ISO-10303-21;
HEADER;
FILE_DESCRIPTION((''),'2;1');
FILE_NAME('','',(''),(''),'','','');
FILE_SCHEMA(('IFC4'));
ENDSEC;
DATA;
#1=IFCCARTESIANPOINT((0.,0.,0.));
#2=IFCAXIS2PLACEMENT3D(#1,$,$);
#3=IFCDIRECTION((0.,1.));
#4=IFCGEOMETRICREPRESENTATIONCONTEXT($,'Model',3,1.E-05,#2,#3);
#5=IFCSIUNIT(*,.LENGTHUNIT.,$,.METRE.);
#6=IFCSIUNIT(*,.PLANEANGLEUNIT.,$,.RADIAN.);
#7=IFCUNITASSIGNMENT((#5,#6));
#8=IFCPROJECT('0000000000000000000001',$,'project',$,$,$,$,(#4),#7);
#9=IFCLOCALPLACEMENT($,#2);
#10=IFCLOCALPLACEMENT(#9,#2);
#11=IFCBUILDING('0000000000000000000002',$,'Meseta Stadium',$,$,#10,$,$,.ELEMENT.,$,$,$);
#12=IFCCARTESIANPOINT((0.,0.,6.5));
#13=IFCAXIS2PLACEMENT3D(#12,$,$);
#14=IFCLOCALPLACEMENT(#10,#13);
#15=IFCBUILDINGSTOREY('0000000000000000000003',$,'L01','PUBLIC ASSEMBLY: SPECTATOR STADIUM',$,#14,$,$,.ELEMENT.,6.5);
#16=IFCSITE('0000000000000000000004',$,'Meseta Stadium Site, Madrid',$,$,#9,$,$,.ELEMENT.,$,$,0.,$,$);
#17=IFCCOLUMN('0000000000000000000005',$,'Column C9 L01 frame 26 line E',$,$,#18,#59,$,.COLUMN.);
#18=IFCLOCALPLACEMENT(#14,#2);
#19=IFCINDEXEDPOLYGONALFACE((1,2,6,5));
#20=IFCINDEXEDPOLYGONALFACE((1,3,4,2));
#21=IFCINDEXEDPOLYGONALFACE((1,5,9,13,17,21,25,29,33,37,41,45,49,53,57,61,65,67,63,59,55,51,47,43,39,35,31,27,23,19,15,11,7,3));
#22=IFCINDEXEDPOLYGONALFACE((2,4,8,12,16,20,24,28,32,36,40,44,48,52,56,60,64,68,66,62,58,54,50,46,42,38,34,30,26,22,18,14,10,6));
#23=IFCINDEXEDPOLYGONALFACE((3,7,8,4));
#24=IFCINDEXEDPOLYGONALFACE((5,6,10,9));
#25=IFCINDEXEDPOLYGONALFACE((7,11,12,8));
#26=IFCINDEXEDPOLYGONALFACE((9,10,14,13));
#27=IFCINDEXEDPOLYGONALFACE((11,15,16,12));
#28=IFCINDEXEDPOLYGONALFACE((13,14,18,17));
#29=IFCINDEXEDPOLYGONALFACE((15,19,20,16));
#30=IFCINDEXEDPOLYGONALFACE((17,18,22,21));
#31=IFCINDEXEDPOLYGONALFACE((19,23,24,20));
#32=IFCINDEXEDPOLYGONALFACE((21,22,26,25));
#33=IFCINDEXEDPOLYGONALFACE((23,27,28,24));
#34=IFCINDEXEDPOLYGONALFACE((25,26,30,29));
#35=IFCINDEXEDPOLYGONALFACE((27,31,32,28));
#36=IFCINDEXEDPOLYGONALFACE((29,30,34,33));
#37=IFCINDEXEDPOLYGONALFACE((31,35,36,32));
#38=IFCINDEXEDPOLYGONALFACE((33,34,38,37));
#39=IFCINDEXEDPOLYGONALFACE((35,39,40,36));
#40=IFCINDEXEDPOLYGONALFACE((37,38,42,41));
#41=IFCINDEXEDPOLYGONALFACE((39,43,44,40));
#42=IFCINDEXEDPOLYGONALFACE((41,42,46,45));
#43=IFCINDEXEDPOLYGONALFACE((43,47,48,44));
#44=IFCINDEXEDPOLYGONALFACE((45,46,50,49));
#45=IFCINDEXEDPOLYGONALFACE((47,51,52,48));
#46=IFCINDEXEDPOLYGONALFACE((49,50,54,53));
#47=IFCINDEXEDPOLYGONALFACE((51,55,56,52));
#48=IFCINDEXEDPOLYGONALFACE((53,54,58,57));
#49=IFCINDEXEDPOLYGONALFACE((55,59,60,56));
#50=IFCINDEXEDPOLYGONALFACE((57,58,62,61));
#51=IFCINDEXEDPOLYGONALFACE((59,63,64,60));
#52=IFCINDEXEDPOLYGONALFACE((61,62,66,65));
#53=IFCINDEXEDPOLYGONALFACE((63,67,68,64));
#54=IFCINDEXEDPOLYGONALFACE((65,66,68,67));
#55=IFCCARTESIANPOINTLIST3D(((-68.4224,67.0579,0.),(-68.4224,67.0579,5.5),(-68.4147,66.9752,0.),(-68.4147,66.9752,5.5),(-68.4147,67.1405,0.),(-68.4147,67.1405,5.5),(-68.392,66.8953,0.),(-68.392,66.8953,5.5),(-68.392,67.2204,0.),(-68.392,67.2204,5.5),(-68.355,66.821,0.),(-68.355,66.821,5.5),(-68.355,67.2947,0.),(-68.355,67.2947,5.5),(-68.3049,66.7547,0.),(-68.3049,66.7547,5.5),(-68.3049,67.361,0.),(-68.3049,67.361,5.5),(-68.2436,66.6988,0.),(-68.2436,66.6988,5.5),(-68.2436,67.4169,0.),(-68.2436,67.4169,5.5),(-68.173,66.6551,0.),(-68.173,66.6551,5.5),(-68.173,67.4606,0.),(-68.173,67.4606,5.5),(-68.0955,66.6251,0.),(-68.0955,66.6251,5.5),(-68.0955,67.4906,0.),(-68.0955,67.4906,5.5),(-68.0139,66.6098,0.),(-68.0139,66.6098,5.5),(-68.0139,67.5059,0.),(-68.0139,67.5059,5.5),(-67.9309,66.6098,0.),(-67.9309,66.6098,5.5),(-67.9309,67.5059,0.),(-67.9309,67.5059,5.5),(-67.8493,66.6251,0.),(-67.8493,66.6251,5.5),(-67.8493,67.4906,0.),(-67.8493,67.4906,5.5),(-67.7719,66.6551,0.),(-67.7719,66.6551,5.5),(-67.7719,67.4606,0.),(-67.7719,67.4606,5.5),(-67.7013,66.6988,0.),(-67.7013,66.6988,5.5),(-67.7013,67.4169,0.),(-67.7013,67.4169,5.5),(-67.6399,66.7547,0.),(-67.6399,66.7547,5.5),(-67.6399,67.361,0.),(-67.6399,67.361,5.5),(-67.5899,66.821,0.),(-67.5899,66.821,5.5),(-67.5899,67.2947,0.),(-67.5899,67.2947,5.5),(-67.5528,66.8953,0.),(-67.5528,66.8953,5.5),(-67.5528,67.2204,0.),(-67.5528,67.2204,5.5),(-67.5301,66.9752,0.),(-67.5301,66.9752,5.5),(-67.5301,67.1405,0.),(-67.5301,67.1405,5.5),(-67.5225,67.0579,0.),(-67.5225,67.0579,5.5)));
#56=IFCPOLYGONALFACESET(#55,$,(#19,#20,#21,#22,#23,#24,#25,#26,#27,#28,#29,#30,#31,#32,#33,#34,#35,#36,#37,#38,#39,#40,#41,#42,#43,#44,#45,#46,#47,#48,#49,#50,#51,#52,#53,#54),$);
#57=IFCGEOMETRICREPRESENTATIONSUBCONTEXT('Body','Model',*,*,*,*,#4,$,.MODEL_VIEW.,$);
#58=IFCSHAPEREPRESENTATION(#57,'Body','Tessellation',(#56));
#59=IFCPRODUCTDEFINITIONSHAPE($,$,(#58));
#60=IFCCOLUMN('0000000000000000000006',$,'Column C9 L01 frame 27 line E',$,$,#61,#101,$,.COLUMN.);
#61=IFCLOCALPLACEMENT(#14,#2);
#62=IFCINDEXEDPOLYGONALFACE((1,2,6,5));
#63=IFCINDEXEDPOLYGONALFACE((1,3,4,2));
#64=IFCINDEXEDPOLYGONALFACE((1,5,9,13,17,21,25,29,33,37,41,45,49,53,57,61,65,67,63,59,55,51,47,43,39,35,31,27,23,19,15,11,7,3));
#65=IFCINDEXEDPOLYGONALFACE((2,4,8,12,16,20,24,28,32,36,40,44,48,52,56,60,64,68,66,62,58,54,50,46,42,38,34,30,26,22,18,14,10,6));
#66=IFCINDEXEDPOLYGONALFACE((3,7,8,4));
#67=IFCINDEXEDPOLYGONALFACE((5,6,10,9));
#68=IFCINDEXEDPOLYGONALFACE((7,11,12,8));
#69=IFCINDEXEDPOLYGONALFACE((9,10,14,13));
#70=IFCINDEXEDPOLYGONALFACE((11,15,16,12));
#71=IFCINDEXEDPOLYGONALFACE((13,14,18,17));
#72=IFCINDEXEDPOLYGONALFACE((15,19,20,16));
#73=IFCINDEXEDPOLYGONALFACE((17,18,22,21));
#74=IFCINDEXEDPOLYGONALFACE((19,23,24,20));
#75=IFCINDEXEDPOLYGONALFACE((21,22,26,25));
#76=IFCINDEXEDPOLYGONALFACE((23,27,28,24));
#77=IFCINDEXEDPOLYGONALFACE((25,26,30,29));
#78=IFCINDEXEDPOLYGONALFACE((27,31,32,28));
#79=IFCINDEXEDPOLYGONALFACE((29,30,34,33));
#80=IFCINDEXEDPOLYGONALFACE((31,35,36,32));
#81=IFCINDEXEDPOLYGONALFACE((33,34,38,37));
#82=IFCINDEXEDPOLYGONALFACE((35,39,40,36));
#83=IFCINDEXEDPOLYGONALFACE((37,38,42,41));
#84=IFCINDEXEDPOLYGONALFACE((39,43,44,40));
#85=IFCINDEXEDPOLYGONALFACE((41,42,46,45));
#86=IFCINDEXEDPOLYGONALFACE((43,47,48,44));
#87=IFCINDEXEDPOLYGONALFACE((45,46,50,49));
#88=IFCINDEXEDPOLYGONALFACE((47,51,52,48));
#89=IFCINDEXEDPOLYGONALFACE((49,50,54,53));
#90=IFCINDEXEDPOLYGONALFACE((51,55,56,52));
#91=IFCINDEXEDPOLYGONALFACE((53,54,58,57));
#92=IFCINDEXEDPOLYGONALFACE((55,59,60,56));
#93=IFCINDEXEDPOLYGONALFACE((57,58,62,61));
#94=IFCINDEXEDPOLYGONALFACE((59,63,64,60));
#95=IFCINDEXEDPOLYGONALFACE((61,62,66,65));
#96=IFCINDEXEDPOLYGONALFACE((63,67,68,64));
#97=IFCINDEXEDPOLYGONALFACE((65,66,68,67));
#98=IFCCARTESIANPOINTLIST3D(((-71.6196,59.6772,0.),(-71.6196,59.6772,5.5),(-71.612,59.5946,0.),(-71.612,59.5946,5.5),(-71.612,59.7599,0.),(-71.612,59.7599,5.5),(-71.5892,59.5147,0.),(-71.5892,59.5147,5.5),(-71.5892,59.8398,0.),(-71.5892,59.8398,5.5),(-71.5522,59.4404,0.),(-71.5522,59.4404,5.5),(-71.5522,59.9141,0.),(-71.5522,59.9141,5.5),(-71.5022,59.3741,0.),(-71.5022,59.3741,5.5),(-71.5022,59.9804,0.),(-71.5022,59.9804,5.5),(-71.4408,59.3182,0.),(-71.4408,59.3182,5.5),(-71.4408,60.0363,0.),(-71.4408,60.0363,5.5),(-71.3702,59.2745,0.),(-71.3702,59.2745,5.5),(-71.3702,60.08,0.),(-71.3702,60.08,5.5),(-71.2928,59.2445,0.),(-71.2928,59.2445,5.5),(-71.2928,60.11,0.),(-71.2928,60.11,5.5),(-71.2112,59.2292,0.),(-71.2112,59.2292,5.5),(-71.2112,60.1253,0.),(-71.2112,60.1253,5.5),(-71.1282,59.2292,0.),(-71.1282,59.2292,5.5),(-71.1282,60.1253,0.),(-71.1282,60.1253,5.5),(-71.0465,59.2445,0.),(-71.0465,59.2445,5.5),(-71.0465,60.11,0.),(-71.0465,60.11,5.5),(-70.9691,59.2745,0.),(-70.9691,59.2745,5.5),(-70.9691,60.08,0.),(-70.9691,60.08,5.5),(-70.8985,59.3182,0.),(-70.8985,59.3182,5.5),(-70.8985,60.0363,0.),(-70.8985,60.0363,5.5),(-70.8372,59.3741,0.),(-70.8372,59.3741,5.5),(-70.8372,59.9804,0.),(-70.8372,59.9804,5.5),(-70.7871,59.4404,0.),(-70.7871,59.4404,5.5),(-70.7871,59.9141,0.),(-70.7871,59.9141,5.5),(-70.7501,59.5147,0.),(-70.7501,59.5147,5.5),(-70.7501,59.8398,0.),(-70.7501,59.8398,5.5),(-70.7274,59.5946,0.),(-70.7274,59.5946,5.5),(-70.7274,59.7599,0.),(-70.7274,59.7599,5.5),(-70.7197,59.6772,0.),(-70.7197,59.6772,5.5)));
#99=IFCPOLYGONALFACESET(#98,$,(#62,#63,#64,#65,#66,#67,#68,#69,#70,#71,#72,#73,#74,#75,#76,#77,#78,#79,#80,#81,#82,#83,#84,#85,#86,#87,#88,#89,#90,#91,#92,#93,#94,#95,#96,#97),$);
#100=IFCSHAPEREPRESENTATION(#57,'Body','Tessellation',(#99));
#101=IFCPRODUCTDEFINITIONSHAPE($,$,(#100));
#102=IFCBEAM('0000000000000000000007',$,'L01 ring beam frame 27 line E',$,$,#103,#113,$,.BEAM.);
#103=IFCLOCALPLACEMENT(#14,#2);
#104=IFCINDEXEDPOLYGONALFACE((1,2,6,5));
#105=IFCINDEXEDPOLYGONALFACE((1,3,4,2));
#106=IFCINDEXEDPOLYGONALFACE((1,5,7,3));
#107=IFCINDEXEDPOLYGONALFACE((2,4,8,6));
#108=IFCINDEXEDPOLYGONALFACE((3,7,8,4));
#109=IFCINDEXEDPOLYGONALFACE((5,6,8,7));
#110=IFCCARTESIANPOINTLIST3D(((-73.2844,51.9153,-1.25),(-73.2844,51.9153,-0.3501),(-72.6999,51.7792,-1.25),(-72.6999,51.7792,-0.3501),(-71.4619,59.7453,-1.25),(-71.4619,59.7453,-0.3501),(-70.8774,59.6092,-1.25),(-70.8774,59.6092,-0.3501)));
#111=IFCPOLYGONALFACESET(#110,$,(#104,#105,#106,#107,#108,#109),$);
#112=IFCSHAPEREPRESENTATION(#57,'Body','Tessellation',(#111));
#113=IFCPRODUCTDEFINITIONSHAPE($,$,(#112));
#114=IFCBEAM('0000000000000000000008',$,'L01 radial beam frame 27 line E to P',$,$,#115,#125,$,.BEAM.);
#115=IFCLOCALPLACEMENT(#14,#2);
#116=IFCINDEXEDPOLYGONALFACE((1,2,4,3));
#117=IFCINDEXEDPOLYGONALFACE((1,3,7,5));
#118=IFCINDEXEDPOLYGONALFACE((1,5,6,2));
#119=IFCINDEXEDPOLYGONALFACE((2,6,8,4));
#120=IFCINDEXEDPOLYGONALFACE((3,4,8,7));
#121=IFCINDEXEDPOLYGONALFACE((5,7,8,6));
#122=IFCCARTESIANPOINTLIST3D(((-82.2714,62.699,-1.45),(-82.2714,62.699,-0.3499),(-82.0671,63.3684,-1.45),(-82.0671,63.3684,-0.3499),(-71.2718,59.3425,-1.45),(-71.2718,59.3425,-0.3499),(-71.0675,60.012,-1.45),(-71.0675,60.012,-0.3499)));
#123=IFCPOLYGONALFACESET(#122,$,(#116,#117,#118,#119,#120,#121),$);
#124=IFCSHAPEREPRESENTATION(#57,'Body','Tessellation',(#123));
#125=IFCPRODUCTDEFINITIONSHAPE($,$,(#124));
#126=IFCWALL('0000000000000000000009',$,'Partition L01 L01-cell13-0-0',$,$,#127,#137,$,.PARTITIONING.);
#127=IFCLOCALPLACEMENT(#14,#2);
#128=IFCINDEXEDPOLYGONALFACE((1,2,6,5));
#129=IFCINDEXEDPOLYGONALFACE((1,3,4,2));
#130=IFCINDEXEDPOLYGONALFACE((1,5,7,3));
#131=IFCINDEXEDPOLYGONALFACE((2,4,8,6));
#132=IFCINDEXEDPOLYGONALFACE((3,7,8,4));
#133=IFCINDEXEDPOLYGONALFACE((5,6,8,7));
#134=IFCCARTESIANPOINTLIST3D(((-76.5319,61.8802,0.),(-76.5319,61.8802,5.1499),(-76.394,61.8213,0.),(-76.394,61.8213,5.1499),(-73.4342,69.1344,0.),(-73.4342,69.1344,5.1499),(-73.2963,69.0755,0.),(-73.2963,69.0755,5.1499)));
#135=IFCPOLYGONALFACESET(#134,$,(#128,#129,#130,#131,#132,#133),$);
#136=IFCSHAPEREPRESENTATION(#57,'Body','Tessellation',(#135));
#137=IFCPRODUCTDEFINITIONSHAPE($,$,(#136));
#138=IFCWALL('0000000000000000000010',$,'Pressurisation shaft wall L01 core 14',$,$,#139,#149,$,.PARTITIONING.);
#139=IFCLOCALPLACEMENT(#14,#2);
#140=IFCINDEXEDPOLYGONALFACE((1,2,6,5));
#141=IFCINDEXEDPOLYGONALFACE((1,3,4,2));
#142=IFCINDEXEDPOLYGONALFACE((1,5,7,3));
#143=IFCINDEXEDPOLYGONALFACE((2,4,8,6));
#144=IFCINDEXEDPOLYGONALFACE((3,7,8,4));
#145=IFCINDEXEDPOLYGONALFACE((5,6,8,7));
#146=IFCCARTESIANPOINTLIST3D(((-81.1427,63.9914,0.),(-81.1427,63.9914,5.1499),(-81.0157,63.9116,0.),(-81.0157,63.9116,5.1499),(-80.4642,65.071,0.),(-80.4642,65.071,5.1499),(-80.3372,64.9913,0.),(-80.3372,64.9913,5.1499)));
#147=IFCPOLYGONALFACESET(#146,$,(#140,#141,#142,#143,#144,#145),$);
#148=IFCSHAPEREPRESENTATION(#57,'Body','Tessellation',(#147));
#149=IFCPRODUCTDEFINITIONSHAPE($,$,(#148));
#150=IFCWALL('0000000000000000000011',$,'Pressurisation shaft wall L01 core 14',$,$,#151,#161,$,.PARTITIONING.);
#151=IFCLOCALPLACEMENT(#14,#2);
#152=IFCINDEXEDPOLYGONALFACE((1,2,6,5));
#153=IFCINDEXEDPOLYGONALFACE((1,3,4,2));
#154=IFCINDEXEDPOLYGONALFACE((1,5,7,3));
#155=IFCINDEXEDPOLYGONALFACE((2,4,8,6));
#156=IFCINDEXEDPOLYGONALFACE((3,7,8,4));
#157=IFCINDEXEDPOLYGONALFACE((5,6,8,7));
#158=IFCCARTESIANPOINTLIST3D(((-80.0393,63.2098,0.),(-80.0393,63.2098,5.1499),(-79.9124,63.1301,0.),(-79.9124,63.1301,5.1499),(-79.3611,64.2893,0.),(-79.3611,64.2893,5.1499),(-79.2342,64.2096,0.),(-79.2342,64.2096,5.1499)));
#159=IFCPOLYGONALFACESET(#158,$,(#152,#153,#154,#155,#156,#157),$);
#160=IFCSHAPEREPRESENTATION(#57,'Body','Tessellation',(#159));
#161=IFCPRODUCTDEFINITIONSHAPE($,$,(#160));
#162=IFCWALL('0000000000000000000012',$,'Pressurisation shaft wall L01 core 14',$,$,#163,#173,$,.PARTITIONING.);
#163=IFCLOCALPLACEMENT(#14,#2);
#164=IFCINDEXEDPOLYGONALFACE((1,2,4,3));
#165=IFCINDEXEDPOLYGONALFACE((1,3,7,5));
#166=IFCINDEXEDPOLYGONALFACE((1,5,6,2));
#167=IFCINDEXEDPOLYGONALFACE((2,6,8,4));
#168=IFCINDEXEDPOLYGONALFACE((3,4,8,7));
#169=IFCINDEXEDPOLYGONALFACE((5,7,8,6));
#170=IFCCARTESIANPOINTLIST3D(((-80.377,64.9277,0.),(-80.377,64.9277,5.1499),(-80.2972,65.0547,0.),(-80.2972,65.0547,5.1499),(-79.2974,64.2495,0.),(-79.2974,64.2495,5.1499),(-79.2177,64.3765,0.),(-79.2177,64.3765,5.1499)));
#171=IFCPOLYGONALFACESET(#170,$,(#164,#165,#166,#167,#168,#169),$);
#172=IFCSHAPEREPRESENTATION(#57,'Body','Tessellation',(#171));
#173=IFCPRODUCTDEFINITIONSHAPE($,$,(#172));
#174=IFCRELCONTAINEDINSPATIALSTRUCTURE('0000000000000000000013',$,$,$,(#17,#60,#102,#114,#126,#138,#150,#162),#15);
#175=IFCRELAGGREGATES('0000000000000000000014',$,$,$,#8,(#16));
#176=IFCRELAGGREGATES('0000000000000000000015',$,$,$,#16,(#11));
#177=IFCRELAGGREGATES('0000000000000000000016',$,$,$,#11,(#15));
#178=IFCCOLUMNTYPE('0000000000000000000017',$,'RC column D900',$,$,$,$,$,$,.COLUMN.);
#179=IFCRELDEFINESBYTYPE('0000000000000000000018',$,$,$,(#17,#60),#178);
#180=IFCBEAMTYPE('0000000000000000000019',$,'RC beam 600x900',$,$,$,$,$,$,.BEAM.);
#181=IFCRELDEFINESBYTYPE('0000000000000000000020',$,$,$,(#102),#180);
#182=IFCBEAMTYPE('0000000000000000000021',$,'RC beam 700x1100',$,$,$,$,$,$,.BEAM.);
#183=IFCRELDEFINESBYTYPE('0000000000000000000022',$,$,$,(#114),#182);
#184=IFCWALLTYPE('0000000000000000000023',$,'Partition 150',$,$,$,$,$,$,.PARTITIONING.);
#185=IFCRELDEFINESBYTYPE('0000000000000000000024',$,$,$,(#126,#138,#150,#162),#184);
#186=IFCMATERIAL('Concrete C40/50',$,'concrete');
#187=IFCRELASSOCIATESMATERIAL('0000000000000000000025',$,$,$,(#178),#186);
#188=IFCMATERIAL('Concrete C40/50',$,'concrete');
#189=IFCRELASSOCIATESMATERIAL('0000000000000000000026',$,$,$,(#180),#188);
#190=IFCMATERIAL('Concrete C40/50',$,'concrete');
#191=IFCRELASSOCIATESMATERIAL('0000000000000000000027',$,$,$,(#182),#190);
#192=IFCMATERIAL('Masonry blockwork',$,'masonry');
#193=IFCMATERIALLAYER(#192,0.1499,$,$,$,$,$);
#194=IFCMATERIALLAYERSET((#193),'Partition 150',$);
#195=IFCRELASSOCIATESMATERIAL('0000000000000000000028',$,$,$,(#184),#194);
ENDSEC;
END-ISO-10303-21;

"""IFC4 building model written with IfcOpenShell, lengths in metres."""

from ifc_helpers import new_model, si_unit, direction, frame, frame_2d, origin, origin_2d, place, context, subcontext, project, spatial, rectangle, circle, extrude, material, layer, layer_set, material_profile, profile_set, type_object, element, save


model = new_model("IFC4")

# Units and contexts
model_context = context("Model", 3, precision=1e-05, world=origin(), true_north=direction((0.0, 1.0)))
body_context = subcontext(model_context, "Body", "Model", "MODEL_VIEW")
ifc_project = project(units=[si_unit("LENGTHUNIT", "METRE"), si_unit("PLANEANGLEUNIT", "RADIAN")], contexts=[model_context])

# Site, building, storey
site_placement = place(None, origin())
site = spatial("IfcSite", under=ifc_project, at=site_placement, Name="Meseta Stadium Site, Madrid", CompositionType="ELEMENT", RefElevation=0.0)
building_placement = place(site_placement, origin())
building = spatial("IfcBuilding", under=site, at=building_placement, Name="Meseta Stadium", CompositionType="ELEMENT")
storey_placement = place(building_placement, frame((0.0, 0.0, 6.5)))
storey = spatial("IfcBuildingStorey", under=building, at=storey_placement, Name="L01", Description="PUBLIC ASSEMBLY: SPECTATOR STADIUM", CompositionType="ELEMENT", Elevation=6.5)

# Columns
ifc_material_1 = material(Name="Concrete C40/50", Category="concrete")
ifc_material_profile_1 = material_profile(ifc_material_1, circle(Radius=0.45, at=origin_2d()), Name="RC D900")
ifc_profile_set_1 = profile_set([ifc_material_profile_1], Name="Concrete C40/50")
column_type = type_object("IfcColumnType", Name="RC column D900", PredefinedType="COLUMN", material=ifc_profile_set_1)
for number, where, z_axis, x_axis, name in (
    (1, (-67.9724, 67.0579, 0.0), (0.0, 0.0, 1.0), (1.0, 0.0, 0.0), "Column C9 L01 frame 26 line E"),
    (2, (-71.1697, 59.6772, 0.0), (0.0, 0.0, 1.0), (1.0, 0.0, 0.0), "Column C9 L01 frame 27 line E"),
):
    element("IfcColumn", number, at=place(storey_placement, frame(where, z_axis=z_axis, x_axis=x_axis)), inside=storey, type_object=column_type, Name=name, PredefinedType="COLUMN", context=body_context, shape_type="SweptSolid", body=[
        extrude(circle(Radius=0.45, at=origin_2d()), origin(), (0.0, 0.0, 1.0), 5.5),
    ])

# Beams
ifc_material_2 = material(Name="Concrete C40/50", Category="concrete")
ifc_material_profile_2 = material_profile(ifc_material_2, rectangle(XDim=0.6001, YDim=0.8999, at=origin_2d()), Name="RC 600x900")
ifc_profile_set_2 = profile_set([ifc_material_profile_2], Name="Concrete C40/50")
beam_type_1 = type_object("IfcBeamType", Name="RC beam 600x900", PredefinedType="BEAM", material=ifc_profile_set_2)
beam_1_placement = place(storey_placement, frame((-71.1697, 59.6772, -0.8), z_axis=(-0.226698, -0.973965, 0.0), x_axis=(0.973965, -0.226698, 0.0)))
element("IfcBeam", 3, at=beam_1_placement, inside=storey, type_object=beam_type_1, Name="L01 ring beam frame 27 line E", PredefinedType="BEAM", context=body_context, shape_type="SweptSolid", body=[
    extrude(rectangle(XDim=0.6001, YDim=0.8999, at=origin_2d()), origin(), (0.0, 0.0, 1.0), 8.0393),
])
ifc_material_3 = material(Name="Concrete C40/50", Category="concrete")
ifc_material_profile_3 = material_profile(ifc_material_3, rectangle(XDim=0.7, YDim=1.1001, at=origin_2d()), Name="RC 700x1100")
ifc_profile_set_3 = profile_set([ifc_material_profile_3], Name="Concrete C40/50")
beam_type_2 = type_object("IfcBeamType", Name="RC beam 700x1100", PredefinedType="BEAM", material=ifc_profile_set_3)
beam_2_placement = place(storey_placement, frame((-71.1697, 59.6772, -0.8999), z_axis=(-0.956461, 0.291859, 0.0), x_axis=(-0.291859, -0.956461, 0.0)))
element("IfcBeam", 4, at=beam_2_placement, inside=storey, type_object=beam_type_2, Name="L01 radial beam frame 27 line E to P", PredefinedType="BEAM", context=body_context, shape_type="SweptSolid", body=[
    extrude(rectangle(XDim=0.7, YDim=1.1001, at=origin_2d()), origin(), (0.0, 0.0, 1.0), 11.5002),
])

# Walls
ifc_material_4 = material(Name="Masonry blockwork", Category="masonry")
ifc_layer = layer(ifc_material_4, 0.1499)
ifc_layer_set = layer_set([ifc_layer], Name="Partition 150")
wall_type = type_object("IfcWallType", Name="Partition 150", PredefinedType="PARTITIONING", material=ifc_layer_set)
wall_1_placement = place(storey_placement, frame((-76.4629, 61.8508, 0.0), z_axis=(0.0, 0.0, 1.0), x_axis=(0.392712, 0.919661, 0.0)))
element("IfcWall", 5, at=wall_1_placement, inside=storey, type_object=wall_type, Name="Partition L01 L01-cell13-0-0", PredefinedType="PARTITIONING", context=body_context, shape_type="SweptSolid", body=[
    extrude(rectangle(XDim=7.8879, YDim=0.1499, at=frame_2d((3.9438, 0.0))), origin(), (0.0, 0.0, 1.0), 5.1499),
])
wall_2_placement = place(storey_placement, frame((-80.4006, 65.0312, 0.0), z_axis=(0.0, 0.0, 1.0), x_axis=(-0.532097, -0.846683, 0.0)))
element("IfcWall", 6, at=wall_2_placement, inside=storey, type_object=wall_type, Name="Pressurisation shaft wall L01 core 14", PredefinedType="PARTITIONING", context=body_context, shape_type="SweptSolid", body=[
    extrude(rectangle(XDim=1.2751, YDim=0.1499, at=frame_2d((0.6377, 0.0))), origin(), (0.0, 0.0, 1.0), 5.1499),
])
for number, where, z_axis, x_axis, name in (
    (7, (-79.9758, 63.1699, 0.0), (0.0, 0.0, 1.0), (0.53196, 0.84677, 0.0), "Pressurisation shaft wall L01 core 14"),
    (8, (-79.2576, 64.313, 0.0), (0.0, 0.0, 1.0), (-0.84677, 0.53196, 0.0), "Pressurisation shaft wall L01 core 14"),
):
    element("IfcWall", number, at=place(storey_placement, frame(where, z_axis=z_axis, x_axis=x_axis)), inside=storey, type_object=wall_type, Name=name, PredefinedType="PARTITIONING", context=body_context, shape_type="SweptSolid", body=[
        extrude(rectangle(XDim=1.2749, YDim=0.1499, at=frame_2d((0.6375, 0.0))), origin(), (0.0, 0.0, 1.0), 5.1499),
    ])

save(model, "model.ifc")
